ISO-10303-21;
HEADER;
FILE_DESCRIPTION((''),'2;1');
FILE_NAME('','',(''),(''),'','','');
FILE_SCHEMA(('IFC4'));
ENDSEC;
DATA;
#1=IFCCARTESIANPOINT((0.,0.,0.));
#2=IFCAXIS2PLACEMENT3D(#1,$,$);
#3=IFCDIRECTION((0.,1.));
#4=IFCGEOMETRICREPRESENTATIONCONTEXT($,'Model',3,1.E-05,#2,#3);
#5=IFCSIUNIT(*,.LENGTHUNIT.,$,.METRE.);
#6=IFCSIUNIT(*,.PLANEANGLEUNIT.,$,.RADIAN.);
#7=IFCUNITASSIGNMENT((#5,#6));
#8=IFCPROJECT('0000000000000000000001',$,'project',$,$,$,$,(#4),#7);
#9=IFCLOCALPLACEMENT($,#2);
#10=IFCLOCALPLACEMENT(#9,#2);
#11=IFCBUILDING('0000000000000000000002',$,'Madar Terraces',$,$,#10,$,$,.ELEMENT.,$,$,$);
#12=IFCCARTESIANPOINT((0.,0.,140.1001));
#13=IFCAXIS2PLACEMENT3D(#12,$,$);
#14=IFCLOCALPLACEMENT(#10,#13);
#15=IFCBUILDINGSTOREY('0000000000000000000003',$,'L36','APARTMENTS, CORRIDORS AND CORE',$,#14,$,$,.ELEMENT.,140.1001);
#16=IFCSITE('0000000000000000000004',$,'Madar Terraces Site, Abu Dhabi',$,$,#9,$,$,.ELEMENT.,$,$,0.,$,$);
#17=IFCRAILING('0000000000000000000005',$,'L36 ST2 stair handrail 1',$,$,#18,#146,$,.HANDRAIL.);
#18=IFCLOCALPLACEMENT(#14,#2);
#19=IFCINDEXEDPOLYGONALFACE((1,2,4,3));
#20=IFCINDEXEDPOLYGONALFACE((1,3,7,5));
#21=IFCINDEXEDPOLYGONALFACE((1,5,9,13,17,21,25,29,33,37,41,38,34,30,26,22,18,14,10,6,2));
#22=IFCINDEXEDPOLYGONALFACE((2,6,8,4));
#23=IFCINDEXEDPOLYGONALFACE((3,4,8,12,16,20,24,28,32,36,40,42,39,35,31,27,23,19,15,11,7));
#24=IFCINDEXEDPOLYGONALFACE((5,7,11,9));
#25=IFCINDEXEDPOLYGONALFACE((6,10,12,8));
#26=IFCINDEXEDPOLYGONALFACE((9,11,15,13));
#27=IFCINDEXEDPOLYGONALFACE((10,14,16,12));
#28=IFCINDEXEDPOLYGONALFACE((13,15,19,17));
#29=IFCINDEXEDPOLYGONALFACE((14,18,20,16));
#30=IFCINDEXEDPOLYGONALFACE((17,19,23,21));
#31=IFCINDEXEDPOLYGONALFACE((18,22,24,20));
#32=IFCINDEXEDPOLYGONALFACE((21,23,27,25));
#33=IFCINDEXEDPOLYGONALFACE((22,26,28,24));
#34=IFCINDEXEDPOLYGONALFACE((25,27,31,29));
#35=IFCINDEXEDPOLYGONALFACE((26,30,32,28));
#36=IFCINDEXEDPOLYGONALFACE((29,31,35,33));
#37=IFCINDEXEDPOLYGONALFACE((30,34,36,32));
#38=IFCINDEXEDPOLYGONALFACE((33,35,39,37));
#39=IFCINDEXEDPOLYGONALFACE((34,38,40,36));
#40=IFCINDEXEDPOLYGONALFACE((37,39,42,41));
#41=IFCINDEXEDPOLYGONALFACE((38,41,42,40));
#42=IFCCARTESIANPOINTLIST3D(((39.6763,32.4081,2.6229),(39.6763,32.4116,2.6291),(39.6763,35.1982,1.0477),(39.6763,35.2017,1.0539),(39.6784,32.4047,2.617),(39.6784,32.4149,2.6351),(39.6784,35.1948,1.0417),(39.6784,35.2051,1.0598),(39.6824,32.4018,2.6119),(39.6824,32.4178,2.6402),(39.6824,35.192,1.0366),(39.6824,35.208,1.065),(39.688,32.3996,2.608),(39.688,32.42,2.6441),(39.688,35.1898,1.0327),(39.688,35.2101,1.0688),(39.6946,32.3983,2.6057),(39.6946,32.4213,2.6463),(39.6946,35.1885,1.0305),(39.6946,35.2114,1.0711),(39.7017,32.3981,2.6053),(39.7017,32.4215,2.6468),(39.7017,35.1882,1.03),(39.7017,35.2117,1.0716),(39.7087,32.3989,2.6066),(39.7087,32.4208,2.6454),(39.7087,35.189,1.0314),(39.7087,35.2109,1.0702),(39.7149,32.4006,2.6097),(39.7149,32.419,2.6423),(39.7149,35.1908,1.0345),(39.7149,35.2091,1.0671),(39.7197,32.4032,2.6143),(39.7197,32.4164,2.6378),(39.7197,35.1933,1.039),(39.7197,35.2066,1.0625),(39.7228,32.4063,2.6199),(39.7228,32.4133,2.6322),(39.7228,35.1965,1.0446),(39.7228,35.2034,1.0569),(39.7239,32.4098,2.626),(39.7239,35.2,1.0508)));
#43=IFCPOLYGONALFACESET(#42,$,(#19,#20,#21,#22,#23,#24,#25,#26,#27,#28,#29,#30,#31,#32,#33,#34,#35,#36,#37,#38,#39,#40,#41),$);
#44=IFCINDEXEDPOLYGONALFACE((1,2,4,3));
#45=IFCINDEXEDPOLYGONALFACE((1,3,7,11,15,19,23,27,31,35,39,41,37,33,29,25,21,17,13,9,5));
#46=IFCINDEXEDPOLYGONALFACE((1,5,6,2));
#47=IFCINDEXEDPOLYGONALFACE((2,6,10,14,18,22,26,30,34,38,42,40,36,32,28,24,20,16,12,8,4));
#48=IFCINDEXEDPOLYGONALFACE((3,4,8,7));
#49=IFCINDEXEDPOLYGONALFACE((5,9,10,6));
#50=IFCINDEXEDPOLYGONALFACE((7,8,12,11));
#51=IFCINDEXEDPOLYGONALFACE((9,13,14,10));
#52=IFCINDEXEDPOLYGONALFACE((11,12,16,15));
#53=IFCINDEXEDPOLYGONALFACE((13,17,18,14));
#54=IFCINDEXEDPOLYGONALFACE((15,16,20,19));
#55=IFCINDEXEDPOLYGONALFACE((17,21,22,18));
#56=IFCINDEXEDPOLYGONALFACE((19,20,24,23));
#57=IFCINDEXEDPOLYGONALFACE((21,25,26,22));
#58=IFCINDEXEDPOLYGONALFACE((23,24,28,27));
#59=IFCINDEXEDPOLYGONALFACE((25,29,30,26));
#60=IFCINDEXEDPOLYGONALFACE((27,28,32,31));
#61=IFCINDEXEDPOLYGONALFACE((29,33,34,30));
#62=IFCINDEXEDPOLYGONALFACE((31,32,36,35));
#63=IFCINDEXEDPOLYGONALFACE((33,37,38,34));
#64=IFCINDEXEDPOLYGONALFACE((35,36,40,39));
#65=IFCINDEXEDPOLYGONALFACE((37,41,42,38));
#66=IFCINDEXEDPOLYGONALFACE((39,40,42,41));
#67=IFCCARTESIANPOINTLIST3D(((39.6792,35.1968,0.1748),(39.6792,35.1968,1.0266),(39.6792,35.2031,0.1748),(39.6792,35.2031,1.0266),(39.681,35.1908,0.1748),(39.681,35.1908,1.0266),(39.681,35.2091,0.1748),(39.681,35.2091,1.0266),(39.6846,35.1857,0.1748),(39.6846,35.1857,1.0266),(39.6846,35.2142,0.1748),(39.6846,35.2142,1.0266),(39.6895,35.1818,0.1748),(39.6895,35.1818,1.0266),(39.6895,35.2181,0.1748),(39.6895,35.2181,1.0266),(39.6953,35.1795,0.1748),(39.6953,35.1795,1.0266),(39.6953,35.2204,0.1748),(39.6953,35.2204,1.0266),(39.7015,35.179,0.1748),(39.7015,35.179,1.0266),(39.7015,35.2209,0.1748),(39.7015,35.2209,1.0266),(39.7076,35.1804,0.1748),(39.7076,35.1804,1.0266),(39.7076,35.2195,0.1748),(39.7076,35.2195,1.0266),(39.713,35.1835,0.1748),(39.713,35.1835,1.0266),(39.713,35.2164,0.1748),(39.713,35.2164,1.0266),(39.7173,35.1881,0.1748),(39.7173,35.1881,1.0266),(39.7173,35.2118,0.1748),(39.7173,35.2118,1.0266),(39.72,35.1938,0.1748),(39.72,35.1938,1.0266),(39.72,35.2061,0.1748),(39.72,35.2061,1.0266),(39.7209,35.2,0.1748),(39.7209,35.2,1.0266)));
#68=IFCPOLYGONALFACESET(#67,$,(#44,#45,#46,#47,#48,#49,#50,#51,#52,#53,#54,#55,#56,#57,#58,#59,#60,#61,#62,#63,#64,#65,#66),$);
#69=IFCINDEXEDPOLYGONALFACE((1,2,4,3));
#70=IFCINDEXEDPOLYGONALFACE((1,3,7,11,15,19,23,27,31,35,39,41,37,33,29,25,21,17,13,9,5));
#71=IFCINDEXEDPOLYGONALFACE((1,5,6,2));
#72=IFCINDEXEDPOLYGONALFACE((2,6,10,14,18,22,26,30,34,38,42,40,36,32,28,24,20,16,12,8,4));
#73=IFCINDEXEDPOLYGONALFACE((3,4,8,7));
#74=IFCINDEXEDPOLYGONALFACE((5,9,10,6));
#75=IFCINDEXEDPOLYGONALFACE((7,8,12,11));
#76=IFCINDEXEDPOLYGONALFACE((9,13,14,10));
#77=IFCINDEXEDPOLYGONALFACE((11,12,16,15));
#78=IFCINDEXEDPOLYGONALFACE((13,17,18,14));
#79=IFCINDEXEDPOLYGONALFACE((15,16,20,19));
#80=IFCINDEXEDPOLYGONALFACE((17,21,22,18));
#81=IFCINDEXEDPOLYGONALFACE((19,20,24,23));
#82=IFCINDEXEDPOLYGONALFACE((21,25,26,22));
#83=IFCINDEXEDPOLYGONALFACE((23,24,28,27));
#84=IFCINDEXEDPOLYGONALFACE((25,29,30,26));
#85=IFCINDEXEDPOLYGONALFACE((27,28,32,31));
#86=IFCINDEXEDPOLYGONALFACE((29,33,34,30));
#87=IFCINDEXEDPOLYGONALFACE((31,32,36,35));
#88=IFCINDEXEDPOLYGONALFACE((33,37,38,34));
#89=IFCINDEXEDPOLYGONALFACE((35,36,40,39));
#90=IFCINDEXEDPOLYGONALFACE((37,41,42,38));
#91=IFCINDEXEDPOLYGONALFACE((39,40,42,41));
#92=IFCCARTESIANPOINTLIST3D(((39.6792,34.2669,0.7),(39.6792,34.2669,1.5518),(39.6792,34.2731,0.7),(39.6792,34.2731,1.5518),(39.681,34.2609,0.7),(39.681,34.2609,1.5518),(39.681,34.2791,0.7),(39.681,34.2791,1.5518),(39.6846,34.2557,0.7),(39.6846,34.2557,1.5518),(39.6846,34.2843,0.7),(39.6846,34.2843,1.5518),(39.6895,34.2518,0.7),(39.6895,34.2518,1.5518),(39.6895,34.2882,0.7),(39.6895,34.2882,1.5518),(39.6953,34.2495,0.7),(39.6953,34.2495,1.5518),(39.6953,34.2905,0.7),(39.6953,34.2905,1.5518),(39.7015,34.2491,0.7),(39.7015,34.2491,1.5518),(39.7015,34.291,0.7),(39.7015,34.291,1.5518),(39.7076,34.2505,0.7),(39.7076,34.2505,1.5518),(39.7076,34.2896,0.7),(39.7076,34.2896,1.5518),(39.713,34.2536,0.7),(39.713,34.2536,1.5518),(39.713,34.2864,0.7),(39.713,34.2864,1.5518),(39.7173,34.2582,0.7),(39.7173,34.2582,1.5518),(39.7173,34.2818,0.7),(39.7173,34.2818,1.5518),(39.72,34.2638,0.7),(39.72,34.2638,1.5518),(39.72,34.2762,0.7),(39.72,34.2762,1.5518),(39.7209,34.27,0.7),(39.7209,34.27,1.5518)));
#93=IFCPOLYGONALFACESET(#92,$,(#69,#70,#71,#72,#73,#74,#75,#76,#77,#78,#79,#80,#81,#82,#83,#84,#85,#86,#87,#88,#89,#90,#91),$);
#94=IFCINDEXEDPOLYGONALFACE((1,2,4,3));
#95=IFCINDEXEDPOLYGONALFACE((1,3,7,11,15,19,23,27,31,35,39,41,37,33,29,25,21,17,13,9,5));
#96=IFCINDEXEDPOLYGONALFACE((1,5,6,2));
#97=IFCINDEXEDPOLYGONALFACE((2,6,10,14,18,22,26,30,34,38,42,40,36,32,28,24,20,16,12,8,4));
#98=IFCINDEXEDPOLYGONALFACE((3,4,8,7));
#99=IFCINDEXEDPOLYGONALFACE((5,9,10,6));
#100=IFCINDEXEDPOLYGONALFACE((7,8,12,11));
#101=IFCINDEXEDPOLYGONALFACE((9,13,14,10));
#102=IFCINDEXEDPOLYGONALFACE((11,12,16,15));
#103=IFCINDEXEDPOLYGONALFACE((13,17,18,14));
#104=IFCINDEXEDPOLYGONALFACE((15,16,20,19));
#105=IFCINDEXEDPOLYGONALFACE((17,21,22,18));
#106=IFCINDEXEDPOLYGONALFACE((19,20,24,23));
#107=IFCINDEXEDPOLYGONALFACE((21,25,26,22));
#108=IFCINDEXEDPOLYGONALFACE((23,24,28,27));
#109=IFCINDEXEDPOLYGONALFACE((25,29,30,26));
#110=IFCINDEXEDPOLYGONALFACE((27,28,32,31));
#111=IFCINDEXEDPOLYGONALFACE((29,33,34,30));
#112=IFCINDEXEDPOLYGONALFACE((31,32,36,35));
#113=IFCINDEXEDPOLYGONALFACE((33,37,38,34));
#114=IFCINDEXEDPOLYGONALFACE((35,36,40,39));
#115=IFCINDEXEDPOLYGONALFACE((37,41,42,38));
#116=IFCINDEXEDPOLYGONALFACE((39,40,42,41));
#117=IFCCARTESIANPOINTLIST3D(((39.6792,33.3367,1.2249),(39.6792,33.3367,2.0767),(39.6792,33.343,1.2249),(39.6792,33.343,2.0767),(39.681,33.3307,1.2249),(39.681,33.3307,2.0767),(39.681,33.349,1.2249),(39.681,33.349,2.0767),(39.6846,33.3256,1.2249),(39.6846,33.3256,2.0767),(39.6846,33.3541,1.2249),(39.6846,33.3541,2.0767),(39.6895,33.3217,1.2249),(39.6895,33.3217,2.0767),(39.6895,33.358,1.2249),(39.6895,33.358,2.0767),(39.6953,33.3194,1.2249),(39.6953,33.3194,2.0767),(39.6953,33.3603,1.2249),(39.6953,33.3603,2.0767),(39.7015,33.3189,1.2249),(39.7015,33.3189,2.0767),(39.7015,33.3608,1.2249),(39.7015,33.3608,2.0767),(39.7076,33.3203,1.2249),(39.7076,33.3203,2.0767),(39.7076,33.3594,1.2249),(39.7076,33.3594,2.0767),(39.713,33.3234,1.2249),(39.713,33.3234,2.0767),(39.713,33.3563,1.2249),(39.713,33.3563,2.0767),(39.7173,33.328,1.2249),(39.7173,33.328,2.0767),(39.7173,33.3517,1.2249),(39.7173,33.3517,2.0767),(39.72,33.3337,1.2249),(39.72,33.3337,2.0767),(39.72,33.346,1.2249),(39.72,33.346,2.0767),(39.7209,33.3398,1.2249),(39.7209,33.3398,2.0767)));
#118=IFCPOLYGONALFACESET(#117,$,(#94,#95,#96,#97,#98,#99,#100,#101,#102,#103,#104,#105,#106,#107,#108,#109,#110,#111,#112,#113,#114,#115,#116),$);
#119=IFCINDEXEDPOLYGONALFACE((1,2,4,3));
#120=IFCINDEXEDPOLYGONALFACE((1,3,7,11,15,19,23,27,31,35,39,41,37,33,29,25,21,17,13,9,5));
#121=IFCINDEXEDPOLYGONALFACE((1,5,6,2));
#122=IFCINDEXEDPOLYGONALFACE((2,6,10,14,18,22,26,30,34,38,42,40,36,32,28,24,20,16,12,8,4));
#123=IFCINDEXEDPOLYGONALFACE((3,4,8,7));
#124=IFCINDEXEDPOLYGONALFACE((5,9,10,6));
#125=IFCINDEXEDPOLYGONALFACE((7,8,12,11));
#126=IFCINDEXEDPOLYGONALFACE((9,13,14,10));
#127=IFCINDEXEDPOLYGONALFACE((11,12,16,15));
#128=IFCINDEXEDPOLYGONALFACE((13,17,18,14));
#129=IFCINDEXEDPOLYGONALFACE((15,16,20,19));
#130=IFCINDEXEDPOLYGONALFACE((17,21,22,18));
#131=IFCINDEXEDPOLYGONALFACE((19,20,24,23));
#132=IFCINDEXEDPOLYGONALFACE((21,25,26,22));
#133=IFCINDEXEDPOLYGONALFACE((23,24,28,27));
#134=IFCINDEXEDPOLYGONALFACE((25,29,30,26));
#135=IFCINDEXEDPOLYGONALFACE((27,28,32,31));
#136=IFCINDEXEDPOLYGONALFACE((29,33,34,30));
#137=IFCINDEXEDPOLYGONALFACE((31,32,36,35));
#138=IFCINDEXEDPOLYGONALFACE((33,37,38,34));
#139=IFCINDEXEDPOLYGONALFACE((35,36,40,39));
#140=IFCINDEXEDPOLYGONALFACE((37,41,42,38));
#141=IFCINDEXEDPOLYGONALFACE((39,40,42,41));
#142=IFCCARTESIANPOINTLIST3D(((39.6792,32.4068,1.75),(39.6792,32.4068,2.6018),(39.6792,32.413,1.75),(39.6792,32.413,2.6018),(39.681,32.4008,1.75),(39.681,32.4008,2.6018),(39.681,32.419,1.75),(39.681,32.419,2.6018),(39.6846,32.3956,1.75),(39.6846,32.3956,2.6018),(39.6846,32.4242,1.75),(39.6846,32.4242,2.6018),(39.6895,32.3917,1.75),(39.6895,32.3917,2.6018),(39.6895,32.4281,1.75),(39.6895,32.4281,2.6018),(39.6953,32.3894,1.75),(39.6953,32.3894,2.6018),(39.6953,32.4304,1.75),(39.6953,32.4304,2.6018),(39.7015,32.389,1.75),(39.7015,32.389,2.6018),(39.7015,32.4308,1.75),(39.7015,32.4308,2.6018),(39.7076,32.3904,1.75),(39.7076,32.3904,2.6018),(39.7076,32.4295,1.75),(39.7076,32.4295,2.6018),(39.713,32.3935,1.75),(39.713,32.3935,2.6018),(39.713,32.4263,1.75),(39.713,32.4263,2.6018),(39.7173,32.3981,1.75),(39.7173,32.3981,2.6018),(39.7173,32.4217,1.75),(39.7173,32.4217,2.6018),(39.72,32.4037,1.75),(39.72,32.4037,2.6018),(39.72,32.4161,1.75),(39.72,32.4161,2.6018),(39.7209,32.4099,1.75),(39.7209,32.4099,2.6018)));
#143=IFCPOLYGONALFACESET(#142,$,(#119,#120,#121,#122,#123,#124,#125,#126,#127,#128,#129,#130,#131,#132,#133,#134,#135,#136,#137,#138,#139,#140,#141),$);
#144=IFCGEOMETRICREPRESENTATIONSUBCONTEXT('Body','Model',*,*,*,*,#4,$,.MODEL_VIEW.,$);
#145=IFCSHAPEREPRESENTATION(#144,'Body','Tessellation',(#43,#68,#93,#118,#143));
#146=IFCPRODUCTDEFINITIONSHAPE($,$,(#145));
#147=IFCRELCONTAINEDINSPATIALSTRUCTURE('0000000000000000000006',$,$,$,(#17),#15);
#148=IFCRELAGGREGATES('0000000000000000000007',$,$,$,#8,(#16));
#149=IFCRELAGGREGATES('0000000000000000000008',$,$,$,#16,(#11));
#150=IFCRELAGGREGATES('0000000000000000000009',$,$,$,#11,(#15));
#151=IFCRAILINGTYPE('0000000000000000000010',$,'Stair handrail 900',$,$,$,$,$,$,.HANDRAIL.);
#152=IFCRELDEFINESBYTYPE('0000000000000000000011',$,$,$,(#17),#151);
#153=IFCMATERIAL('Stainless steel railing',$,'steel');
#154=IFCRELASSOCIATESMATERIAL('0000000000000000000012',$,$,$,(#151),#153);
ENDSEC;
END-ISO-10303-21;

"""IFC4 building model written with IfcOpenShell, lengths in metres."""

from ifc_helpers import new_model, si_unit, direction, frame, origin, origin_2d, place, context, subcontext, project, spatial, circle, extrude, material, type_object, element, save


model = new_model("IFC4")

# Units and contexts
model_context = context("Model", 3, precision=1e-05, world=origin(), true_north=direction((0.0, 1.0)))
body_context = subcontext(model_context, "Body", "Model", "MODEL_VIEW")
ifc_project = project(units=[si_unit("LENGTHUNIT", "METRE"), si_unit("PLANEANGLEUNIT", "RADIAN")], contexts=[model_context])

# Site, building, storey
site_placement = place(None, origin())
site = spatial("IfcSite", under=ifc_project, at=site_placement, Name="Madar Terraces Site, Abu Dhabi", CompositionType="ELEMENT", RefElevation=0.0)
building_placement = place(site_placement, origin())
building = spatial("IfcBuilding", under=site, at=building_placement, Name="Madar Terraces", CompositionType="ELEMENT")
storey_placement = place(building_placement, frame((0.0, 0.0, 140.1001)))
storey = spatial("IfcBuildingStorey", under=building, at=storey_placement, Name="L36", Description="APARTMENTS, CORRIDORS AND CORE", CompositionType="ELEMENT", Elevation=140.1001)

# Railing
ifc_material_1 = material(Name="Stainless steel railing", Category="steel")
railing_type_1 = type_object("IfcRailingType", Name="Stair handrail 900", PredefinedType="HANDRAIL", material=ifc_material_1)
railing_1_placement = place(storey_placement, frame((39.7, 35.2, 0.1748)))
element("IfcRailing", 1, at=railing_1_placement, inside=storey, type_object=railing_type_1, Name="L36 ST2 stair handrail 1", PredefinedType="HANDRAIL", context=body_context, shape_type="SweptSolid", body=[
    extrude(circle(Radius=0.0239, at=origin_2d()), frame((0.0, 0.0, 0.876), z_axis=(0.0, -0.870801, 0.491635), x_axis=(1.0, 0.0, 0.0)), (0.0, 0.0, 1.0), 3.2041),
    extrude(circle(Radius=0.021, at=origin_2d()), origin(), (0.0, 0.0, 1.0), 0.8518),
    extrude(circle(Radius=0.021, at=origin_2d()), frame((0.0, -0.9299, 0.5251)), (0.0, 0.0, 1.0), 0.8518),
    extrude(circle(Radius=0.021, at=origin_2d()), frame((0.0, -1.8601, 1.05)), (0.0, 0.0, 1.0), 0.8518),
    extrude(circle(Radius=0.021, at=origin_2d()), frame((0.0, -2.79, 1.5752)), (0.0, 0.0, 1.0), 0.8518),
])

save(model, "model.ifc")
